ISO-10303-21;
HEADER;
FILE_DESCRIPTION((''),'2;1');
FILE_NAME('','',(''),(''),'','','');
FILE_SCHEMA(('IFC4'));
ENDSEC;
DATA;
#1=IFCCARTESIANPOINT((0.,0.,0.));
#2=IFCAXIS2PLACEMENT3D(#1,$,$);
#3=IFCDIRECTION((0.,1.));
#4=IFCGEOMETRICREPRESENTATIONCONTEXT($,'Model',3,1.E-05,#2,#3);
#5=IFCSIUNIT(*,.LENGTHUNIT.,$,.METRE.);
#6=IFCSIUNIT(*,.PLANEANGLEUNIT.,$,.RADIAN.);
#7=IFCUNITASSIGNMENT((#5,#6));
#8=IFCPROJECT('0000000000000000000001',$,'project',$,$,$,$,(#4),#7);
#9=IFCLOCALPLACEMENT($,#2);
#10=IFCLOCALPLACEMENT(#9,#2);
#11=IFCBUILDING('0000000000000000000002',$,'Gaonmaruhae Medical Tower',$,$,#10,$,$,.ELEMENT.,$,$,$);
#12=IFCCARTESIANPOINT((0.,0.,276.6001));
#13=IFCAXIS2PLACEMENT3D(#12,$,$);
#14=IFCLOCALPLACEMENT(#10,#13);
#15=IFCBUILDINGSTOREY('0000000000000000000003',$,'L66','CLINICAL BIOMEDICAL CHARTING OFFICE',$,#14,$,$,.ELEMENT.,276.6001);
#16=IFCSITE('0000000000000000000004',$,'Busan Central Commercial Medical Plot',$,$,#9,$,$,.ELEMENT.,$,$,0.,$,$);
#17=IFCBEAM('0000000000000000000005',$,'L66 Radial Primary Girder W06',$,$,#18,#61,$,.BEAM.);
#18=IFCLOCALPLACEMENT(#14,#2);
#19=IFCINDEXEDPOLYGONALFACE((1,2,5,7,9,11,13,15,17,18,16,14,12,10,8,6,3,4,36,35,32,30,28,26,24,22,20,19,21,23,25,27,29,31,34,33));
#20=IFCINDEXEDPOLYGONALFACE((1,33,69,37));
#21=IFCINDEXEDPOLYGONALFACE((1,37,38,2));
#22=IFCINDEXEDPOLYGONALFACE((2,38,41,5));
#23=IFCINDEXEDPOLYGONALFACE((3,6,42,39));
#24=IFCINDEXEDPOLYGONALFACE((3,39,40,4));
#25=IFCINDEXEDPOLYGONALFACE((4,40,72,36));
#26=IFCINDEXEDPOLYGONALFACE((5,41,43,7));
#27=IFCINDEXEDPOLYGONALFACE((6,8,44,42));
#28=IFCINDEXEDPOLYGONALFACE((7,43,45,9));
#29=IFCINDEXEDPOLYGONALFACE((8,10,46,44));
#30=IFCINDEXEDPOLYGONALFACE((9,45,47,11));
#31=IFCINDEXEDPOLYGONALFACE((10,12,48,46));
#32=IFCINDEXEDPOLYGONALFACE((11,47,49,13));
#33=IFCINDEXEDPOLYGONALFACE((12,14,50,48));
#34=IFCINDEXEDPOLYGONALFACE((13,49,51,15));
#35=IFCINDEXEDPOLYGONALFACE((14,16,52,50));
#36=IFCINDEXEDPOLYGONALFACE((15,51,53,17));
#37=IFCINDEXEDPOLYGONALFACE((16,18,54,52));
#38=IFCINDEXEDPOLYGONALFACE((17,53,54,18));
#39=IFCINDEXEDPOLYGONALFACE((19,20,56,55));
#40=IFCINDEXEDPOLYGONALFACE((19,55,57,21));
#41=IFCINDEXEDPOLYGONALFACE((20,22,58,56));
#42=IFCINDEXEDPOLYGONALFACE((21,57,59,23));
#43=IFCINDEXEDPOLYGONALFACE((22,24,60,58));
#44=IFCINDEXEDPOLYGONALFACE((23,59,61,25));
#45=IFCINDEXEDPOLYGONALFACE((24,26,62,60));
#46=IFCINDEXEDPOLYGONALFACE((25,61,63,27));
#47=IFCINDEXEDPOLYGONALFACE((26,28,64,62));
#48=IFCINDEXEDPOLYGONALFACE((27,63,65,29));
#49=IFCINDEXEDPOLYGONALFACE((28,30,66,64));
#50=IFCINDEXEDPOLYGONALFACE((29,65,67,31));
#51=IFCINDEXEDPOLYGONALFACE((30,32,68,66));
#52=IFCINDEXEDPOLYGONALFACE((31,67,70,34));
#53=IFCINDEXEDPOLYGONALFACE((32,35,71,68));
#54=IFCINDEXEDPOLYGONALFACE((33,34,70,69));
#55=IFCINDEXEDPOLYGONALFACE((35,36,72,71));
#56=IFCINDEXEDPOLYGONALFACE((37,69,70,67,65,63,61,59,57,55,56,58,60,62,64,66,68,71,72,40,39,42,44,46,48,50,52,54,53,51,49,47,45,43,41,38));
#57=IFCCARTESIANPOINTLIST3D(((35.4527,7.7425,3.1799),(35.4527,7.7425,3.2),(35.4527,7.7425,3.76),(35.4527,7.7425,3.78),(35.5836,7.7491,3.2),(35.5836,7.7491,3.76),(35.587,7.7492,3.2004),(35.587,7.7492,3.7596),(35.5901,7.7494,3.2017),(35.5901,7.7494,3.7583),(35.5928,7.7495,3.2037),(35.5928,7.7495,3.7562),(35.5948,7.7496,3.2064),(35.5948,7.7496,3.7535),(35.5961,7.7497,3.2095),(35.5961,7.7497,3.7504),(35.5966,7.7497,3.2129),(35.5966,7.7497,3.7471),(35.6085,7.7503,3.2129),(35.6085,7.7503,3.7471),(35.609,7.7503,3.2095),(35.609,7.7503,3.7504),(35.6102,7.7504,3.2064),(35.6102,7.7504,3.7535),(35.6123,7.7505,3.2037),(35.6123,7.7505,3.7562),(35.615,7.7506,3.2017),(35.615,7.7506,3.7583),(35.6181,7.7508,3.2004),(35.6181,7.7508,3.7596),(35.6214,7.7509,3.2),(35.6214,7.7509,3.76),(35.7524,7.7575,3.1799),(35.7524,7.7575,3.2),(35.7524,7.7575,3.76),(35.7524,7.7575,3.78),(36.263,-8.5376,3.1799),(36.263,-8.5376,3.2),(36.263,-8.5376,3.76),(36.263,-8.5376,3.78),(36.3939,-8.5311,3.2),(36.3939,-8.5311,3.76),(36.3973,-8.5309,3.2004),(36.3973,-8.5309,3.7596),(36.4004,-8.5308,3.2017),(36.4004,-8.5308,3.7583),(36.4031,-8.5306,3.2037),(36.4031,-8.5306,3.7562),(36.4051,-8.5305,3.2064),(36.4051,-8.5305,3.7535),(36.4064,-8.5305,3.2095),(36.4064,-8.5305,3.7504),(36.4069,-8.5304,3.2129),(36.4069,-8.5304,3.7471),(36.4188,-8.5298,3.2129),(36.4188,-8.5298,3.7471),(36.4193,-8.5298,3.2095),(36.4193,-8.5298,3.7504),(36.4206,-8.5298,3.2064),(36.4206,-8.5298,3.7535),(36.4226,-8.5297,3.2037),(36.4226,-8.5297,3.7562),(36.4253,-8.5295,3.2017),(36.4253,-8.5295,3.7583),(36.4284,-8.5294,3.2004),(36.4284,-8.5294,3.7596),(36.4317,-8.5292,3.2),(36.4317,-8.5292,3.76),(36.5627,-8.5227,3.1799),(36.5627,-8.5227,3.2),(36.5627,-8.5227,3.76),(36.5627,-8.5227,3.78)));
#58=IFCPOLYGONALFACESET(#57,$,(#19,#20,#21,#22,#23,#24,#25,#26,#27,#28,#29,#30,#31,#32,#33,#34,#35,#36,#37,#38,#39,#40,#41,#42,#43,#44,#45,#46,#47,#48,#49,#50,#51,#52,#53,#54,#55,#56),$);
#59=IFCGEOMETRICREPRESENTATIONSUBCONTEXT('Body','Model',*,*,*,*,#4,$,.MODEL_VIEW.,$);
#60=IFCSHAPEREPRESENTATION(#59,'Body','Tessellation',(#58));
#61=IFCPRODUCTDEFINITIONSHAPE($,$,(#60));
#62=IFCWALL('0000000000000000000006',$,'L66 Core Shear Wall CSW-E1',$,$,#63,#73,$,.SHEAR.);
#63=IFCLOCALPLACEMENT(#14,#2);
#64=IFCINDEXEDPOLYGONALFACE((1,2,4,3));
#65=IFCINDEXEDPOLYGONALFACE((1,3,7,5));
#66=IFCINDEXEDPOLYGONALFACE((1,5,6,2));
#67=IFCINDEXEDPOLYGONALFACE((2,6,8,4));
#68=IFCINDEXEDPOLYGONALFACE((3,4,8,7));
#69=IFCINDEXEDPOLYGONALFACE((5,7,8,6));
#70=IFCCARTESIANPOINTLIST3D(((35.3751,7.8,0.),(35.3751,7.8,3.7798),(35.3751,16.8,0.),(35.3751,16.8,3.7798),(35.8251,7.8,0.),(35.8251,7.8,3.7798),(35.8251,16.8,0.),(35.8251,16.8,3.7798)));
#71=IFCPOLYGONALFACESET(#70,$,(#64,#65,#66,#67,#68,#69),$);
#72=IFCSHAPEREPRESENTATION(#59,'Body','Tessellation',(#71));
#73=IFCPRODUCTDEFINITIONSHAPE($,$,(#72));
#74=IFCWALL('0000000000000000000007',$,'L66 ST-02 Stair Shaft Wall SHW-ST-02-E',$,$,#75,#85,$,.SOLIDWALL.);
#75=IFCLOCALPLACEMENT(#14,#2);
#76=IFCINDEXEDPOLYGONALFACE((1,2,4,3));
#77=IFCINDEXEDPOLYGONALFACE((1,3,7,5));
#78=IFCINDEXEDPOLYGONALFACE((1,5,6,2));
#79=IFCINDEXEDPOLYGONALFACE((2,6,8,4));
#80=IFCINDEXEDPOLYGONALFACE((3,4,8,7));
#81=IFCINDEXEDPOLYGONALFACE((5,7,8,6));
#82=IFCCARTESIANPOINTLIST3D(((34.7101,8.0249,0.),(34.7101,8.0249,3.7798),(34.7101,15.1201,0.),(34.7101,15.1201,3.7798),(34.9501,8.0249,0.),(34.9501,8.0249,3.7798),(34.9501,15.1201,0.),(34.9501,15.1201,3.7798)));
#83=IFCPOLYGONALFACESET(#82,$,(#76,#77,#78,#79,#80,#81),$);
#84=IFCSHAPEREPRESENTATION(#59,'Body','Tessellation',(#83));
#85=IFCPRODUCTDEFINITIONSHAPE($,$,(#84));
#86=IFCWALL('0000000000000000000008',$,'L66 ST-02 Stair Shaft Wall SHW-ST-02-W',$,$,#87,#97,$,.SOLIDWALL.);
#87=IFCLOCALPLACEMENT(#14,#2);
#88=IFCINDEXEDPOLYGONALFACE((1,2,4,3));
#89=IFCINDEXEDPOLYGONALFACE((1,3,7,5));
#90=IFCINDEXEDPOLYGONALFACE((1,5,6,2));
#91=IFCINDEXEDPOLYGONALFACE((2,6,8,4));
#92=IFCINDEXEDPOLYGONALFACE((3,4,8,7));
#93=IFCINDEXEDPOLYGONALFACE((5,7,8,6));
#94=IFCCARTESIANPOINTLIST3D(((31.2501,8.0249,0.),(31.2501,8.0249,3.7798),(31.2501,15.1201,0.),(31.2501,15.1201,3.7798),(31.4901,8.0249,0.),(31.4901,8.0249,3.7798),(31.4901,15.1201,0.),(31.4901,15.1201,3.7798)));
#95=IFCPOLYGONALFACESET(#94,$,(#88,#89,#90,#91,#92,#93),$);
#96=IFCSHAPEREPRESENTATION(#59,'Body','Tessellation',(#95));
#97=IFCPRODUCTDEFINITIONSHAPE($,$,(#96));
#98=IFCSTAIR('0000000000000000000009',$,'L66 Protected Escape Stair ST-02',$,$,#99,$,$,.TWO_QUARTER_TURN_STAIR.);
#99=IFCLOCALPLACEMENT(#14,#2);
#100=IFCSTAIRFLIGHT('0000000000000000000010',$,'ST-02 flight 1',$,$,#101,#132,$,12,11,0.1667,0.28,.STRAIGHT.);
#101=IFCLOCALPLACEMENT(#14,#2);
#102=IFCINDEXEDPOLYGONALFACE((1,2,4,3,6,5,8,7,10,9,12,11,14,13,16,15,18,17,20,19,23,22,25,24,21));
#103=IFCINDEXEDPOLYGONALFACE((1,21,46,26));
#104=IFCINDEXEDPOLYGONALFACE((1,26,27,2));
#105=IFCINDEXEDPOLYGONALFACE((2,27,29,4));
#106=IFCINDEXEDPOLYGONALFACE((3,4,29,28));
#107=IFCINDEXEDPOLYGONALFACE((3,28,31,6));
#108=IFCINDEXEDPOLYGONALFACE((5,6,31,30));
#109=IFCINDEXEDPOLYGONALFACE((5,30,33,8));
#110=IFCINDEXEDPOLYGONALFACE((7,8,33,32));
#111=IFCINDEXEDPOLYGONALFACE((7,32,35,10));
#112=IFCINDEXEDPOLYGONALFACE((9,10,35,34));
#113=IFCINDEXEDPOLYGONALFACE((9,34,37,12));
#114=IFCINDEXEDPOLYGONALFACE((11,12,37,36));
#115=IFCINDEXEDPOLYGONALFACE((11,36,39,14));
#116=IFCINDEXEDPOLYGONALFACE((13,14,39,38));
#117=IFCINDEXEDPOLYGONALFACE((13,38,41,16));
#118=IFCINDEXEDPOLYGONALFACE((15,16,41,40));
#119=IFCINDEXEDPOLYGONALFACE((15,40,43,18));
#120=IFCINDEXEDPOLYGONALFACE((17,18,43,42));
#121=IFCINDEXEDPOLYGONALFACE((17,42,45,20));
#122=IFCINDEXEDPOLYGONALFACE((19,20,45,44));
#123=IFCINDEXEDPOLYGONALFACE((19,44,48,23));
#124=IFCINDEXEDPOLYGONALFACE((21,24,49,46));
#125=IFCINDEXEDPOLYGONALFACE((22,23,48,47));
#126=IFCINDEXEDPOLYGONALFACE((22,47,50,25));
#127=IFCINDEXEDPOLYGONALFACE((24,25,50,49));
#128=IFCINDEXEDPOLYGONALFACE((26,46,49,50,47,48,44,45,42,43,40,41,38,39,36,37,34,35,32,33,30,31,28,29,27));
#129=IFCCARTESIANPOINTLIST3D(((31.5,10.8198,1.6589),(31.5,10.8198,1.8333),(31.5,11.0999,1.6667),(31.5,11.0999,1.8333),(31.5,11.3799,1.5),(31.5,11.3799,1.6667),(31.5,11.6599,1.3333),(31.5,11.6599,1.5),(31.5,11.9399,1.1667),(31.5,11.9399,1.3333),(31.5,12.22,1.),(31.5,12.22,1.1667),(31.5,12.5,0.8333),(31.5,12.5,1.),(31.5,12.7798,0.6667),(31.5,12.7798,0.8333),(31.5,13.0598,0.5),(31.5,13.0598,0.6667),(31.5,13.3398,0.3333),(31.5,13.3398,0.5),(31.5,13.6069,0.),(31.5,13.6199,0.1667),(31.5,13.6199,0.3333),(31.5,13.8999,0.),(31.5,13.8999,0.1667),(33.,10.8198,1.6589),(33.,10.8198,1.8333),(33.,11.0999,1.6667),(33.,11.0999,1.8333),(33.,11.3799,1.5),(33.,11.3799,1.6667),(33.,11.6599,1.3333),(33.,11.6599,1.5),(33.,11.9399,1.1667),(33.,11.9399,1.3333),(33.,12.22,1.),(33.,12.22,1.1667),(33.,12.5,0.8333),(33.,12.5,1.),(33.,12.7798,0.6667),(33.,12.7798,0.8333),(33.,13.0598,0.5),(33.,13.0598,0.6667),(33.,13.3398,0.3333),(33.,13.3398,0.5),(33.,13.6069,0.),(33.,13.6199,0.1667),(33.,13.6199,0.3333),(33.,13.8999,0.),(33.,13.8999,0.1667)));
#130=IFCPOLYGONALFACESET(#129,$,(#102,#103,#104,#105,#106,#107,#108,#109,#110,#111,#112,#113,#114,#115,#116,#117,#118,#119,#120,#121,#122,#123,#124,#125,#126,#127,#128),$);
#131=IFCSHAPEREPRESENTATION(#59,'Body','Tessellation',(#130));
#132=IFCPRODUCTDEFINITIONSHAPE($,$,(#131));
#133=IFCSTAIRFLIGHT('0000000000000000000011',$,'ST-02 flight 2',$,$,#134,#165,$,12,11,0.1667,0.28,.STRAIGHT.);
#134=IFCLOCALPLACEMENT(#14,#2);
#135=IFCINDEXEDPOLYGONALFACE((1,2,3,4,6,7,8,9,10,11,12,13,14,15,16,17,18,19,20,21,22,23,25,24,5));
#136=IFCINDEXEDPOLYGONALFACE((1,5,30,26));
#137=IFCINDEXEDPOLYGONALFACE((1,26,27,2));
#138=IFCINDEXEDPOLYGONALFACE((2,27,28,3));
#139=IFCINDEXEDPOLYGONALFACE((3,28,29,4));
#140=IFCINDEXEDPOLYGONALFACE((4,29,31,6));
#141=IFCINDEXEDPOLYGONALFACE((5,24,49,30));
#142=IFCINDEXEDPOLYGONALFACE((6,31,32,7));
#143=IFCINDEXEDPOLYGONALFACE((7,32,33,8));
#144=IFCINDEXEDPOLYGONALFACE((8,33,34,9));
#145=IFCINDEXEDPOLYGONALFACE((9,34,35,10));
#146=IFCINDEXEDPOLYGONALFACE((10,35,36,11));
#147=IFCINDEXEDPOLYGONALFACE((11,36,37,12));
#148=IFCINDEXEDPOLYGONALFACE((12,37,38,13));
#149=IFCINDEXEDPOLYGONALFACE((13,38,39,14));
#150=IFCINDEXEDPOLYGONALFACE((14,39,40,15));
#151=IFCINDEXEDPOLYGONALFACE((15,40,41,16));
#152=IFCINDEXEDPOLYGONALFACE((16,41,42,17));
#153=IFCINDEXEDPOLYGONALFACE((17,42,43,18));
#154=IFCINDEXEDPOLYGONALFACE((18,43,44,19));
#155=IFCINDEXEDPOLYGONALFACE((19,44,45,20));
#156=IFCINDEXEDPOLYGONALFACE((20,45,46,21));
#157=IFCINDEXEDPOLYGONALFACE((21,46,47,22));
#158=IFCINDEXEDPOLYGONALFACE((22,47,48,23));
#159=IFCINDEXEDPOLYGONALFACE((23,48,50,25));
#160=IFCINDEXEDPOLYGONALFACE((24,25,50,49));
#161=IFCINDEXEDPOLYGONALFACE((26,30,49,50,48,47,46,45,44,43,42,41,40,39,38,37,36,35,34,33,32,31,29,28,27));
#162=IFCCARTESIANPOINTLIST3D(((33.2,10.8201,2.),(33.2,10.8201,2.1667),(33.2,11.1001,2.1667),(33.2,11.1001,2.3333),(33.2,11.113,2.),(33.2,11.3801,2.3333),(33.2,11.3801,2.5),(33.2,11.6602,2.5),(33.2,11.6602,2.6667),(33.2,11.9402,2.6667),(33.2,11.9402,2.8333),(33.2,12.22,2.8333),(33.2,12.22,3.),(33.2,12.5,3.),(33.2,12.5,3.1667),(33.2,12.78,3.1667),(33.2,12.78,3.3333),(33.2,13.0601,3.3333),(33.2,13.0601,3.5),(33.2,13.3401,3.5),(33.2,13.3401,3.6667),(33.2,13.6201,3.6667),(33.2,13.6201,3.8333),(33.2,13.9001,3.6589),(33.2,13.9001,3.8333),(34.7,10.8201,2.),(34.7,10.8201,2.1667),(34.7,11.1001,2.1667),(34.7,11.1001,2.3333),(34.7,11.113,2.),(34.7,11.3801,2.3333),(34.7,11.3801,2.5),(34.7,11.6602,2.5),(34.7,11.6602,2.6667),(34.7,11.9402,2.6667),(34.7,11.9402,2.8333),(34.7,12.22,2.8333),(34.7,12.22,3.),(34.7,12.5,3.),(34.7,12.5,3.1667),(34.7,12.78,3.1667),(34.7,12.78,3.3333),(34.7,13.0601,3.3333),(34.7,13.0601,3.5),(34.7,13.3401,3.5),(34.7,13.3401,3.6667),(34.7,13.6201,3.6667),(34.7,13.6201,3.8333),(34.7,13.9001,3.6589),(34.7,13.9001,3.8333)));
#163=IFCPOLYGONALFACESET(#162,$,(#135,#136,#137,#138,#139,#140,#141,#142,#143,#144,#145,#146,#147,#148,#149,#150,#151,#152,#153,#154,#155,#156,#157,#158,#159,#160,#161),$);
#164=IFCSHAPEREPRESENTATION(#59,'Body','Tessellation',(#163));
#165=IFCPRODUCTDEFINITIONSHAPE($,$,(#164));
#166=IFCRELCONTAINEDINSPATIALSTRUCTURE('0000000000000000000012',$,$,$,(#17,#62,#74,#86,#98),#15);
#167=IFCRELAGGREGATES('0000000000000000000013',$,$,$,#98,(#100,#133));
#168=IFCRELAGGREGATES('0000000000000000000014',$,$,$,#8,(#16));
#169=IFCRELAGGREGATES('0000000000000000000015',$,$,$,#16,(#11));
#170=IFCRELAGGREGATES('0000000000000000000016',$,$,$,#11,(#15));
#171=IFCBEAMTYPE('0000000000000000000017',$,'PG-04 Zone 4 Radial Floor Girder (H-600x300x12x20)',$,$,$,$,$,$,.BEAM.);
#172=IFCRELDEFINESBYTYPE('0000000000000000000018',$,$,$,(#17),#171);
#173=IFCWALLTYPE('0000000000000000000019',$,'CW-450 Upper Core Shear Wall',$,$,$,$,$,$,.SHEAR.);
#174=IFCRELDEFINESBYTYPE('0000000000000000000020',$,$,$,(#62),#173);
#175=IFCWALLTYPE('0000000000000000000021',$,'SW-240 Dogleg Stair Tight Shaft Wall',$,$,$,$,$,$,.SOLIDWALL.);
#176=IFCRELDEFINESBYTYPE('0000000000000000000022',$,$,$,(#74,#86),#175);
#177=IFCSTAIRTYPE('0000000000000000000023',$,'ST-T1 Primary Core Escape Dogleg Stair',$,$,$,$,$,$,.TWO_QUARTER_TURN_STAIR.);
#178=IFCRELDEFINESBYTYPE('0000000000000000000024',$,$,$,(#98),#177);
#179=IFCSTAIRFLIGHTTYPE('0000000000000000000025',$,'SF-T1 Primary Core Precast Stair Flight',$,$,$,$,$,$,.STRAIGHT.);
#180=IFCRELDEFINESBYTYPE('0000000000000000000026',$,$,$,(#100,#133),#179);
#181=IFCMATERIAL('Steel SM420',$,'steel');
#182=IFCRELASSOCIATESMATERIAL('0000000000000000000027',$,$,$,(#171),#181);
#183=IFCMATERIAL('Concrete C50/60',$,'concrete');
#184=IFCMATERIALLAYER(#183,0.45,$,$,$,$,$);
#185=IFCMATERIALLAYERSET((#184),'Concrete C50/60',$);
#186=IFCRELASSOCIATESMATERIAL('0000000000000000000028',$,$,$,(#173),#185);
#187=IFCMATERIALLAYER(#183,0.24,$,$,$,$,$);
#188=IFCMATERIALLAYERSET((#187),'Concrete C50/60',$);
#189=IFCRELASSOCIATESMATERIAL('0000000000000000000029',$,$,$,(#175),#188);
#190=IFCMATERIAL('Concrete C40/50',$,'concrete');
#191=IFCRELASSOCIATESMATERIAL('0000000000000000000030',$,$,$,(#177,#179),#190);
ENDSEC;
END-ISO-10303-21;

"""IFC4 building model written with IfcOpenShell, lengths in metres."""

from ifc_helpers import new_model, si_unit, direction, frame, frame_2d, origin, origin_2d, place, context, subcontext, project, spatial, polyline, rectangle, i_section, outline, extrude, material, layer, layer_set, material_profile, profile_set, type_object, element, aggregate, save


model = new_model("IFC4")

# Units and contexts
model_context = context("Model", 3, precision=1e-05, world=origin(), true_north=direction((0.0, 1.0)))
body_context = subcontext(model_context, "Body", "Model", "MODEL_VIEW")
ifc_project = project(units=[si_unit("LENGTHUNIT", "METRE"), si_unit("PLANEANGLEUNIT", "RADIAN")], contexts=[model_context])

# Site, building, storey
site_placement = place(None, origin())
site = spatial("IfcSite", under=ifc_project, at=site_placement, Name="Busan Central Commercial Medical Plot", CompositionType="ELEMENT", RefElevation=0.0)
building_placement = place(site_placement, origin())
building = spatial("IfcBuilding", under=site, at=building_placement, Name="Gaonmaruhae Medical Tower", CompositionType="ELEMENT")
storey_placement = place(building_placement, frame((0.0, 0.0, 276.6001)))
storey = spatial("IfcBuildingStorey", under=building, at=storey_placement, Name="L66", Description="CLINICAL BIOMEDICAL CHARTING OFFICE", CompositionType="ELEMENT", Elevation=276.6001)

# Shared definitions
ifc_material_1 = material(Name="Concrete C50/60", Category="concrete")

# Beam
ifc_material_2 = material(Name="Steel SM420", Category="steel")
ifc_material_profile_1 = material_profile(ifc_material_2, i_section(OverallWidth=0.3, OverallDepth=0.6001, WebThickness=0.012, FlangeThickness=0.02, FilletRadius=0.0129, at=origin_2d()), Name="H-600x300x12x20")
ifc_profile_set_1 = profile_set([ifc_material_profile_1], Name="Steel SM420")
beam_type = type_object("IfcBeamType", Name="PG-04 Zone 4 Radial Floor Girder (H-600x300x12x20)", PredefinedType="BEAM", material=ifc_profile_set_1)
beam_1_placement = place(storey_placement, frame((35.6025, 7.75, 3.48), z_axis=(0.049711, -0.998764, 0.0), x_axis=(0.998764, 0.049711, 0.0)))
element("IfcBeam", 1, at=beam_1_placement, inside=storey, type_object=beam_type, Name="L66 Radial Primary Girder W06", PredefinedType="BEAM", context=body_context, shape_type="SweptSolid", body=[
    extrude(i_section(OverallWidth=0.3, OverallDepth=0.6001, WebThickness=0.012, FlangeThickness=0.02, FilletRadius=0.0129, at=origin_2d()), origin(), (0.0, 0.0, 1.0), 16.3003),
])

# Walls
ifc_layer_1 = layer(ifc_material_1, 0.45)
ifc_layer_set_1 = layer_set([ifc_layer_1], Name="Concrete C50/60")
wall_type_1 = type_object("IfcWallType", Name="CW-450 Upper Core Shear Wall", PredefinedType="SHEAR", material=ifc_layer_set_1)
wall_placement = place(storey_placement, frame((35.6001, 7.8, 0.0), z_axis=(0.0, 0.0, 1.0), x_axis=(0.0, 1.0, 0.0)))
element("IfcWall", 2, at=wall_placement, inside=storey, type_object=wall_type_1, Name="L66 Core Shear Wall CSW-E1", PredefinedType="SHEAR", context=body_context, shape_type="SweptSolid", body=[
    extrude(rectangle(XDim=9.0, YDim=0.45, at=frame_2d((4.5, 0.0))), origin(), (0.0, 0.0, 1.0), 3.7798),
])
ifc_layer_2 = layer(ifc_material_1, 0.24)
ifc_layer_set_2 = layer_set([ifc_layer_2], Name="Concrete C50/60")
wall_type_2 = type_object("IfcWallType", Name="SW-240 Dogleg Stair Tight Shaft Wall", PredefinedType="SOLIDWALL", material=ifc_layer_set_2)
for number, where, z_axis, x_axis, name in (
    (3, (34.8301, 15.1201, 0.0), (0.0, 0.0, 1.0), (0.0, -1.0, 0.0), "L66 ST-02 Stair Shaft Wall SHW-ST-02-E"),
    (4, (31.3701, 8.0249, 0.0), (0.0, 0.0, 1.0), (0.0, 1.0, 0.0), "L66 ST-02 Stair Shaft Wall SHW-ST-02-W"),
):
    element("IfcWall", number, at=place(storey_placement, frame(where, z_axis=z_axis, x_axis=x_axis)), inside=storey, type_object=wall_type_2, Name=name, PredefinedType="SOLIDWALL", context=body_context, shape_type="SweptSolid", body=[
        extrude(rectangle(XDim=7.0952, YDim=0.24, at=frame_2d((3.5476, 0.0))), origin(), (0.0, 0.0, 1.0), 3.7798),
    ])

# Stair, stair flights
ifc_material_3 = material(Name="Concrete C40/50", Category="concrete")
stair_type = type_object("IfcStairType", Name="ST-T1 Primary Core Escape Dogleg Stair", PredefinedType="TWO_QUARTER_TURN_STAIR", material=ifc_material_3)
stair_placement = place(storey_placement, origin())
stair = element("IfcStair", 5, at=stair_placement, inside=storey, type_object=stair_type, Name="L66 Protected Escape Stair ST-02", PredefinedType="TWO_QUARTER_TURN_STAIR")
stair_flight_type = type_object("IfcStairFlightType", Name="SF-T1 Primary Core Precast Stair Flight", PredefinedType="STRAIGHT", material=ifc_material_3)
stair_flight_1_placement = place(storey_placement, frame((32.25, 13.8999, 0.0), z_axis=(0.0, 0.0, 1.0), x_axis=(0.0, -1.0, 0.0)))
stair_flight_1 = element("IfcStairFlight", 6, at=stair_flight_1_placement, type_object=stair_flight_type, Name="ST-02 flight 1", NumberOfRisers=12, NumberOfTreads=11, PredefinedType="STRAIGHT", RiserHeight=0.1667, TreadLength=0.28, context=body_context, shape_type="SweptSolid", body=[
    extrude(outline(polyline([(0.0, 0.0), (0.0, 0.1667), (0.28, 0.1667), (0.28, 0.3333), (0.5601, 0.3333), (0.5601, 0.5), (0.8401, 0.5), (0.8401, 0.6667), (1.1201, 0.6667), (1.1201, 0.8333), (1.3999, 0.8333), (1.3999, 1.0), (1.6799, 1.0), (1.6799, 1.1667), (1.96, 1.1667), (1.96, 1.3333), (2.24, 1.3333), (2.24, 1.5), (2.52, 1.5), (2.52, 1.6667), (2.8, 1.6667), (2.8, 1.8333), (3.0801, 1.8333), (3.0801, 2.0), (3.0801, 1.6589), (0.293, 0.0), (0.0, 0.0)])), frame((0.0, 0.75, 0.0), z_axis=(0.0, -1.0, 0.0), x_axis=(1.0, 0.0, 0.0)), (0.0, 0.0, 1.0), 1.5),
])
stair_flight_2_placement = place(storey_placement, frame((33.95, 10.8201, 2.0), z_axis=(0.0, 0.0, 1.0), x_axis=(0.0, 1.0, 0.0)))
stair_flight_2 = element("IfcStairFlight", 7, at=stair_flight_2_placement, type_object=stair_flight_type, Name="ST-02 flight 2", NumberOfRisers=12, NumberOfTreads=11, PredefinedType="STRAIGHT", RiserHeight=0.1667, TreadLength=0.28, context=body_context, shape_type="SweptSolid", body=[
    extrude(outline(polyline([(0.0, 0.0), (0.0, 0.1667), (0.28, 0.1667), (0.28, 0.3333), (0.5601, 0.3333), (0.5601, 0.5), (0.8401, 0.5), (0.8401, 0.6667), (1.1201, 0.6667), (1.1201, 0.8333), (1.3999, 0.8333), (1.3999, 1.0), (1.6799, 1.0), (1.6799, 1.1667), (1.96, 1.1667), (1.96, 1.3333), (2.24, 1.3333), (2.24, 1.5), (2.52, 1.5), (2.52, 1.6667), (2.8, 1.6667), (2.8, 1.8333), (3.0801, 1.8333), (3.0801, 2.0), (3.0801, 1.6589), (0.293, 0.0), (0.0, 0.0)])), frame((0.0, 0.75, 0.0), z_axis=(0.0, -1.0, 0.0), x_axis=(1.0, 0.0, 0.0)), (0.0, 0.0, 1.0), 1.5),
])
aggregate(stair, [stair_flight_1, stair_flight_2])

save(model, "model.ifc")
